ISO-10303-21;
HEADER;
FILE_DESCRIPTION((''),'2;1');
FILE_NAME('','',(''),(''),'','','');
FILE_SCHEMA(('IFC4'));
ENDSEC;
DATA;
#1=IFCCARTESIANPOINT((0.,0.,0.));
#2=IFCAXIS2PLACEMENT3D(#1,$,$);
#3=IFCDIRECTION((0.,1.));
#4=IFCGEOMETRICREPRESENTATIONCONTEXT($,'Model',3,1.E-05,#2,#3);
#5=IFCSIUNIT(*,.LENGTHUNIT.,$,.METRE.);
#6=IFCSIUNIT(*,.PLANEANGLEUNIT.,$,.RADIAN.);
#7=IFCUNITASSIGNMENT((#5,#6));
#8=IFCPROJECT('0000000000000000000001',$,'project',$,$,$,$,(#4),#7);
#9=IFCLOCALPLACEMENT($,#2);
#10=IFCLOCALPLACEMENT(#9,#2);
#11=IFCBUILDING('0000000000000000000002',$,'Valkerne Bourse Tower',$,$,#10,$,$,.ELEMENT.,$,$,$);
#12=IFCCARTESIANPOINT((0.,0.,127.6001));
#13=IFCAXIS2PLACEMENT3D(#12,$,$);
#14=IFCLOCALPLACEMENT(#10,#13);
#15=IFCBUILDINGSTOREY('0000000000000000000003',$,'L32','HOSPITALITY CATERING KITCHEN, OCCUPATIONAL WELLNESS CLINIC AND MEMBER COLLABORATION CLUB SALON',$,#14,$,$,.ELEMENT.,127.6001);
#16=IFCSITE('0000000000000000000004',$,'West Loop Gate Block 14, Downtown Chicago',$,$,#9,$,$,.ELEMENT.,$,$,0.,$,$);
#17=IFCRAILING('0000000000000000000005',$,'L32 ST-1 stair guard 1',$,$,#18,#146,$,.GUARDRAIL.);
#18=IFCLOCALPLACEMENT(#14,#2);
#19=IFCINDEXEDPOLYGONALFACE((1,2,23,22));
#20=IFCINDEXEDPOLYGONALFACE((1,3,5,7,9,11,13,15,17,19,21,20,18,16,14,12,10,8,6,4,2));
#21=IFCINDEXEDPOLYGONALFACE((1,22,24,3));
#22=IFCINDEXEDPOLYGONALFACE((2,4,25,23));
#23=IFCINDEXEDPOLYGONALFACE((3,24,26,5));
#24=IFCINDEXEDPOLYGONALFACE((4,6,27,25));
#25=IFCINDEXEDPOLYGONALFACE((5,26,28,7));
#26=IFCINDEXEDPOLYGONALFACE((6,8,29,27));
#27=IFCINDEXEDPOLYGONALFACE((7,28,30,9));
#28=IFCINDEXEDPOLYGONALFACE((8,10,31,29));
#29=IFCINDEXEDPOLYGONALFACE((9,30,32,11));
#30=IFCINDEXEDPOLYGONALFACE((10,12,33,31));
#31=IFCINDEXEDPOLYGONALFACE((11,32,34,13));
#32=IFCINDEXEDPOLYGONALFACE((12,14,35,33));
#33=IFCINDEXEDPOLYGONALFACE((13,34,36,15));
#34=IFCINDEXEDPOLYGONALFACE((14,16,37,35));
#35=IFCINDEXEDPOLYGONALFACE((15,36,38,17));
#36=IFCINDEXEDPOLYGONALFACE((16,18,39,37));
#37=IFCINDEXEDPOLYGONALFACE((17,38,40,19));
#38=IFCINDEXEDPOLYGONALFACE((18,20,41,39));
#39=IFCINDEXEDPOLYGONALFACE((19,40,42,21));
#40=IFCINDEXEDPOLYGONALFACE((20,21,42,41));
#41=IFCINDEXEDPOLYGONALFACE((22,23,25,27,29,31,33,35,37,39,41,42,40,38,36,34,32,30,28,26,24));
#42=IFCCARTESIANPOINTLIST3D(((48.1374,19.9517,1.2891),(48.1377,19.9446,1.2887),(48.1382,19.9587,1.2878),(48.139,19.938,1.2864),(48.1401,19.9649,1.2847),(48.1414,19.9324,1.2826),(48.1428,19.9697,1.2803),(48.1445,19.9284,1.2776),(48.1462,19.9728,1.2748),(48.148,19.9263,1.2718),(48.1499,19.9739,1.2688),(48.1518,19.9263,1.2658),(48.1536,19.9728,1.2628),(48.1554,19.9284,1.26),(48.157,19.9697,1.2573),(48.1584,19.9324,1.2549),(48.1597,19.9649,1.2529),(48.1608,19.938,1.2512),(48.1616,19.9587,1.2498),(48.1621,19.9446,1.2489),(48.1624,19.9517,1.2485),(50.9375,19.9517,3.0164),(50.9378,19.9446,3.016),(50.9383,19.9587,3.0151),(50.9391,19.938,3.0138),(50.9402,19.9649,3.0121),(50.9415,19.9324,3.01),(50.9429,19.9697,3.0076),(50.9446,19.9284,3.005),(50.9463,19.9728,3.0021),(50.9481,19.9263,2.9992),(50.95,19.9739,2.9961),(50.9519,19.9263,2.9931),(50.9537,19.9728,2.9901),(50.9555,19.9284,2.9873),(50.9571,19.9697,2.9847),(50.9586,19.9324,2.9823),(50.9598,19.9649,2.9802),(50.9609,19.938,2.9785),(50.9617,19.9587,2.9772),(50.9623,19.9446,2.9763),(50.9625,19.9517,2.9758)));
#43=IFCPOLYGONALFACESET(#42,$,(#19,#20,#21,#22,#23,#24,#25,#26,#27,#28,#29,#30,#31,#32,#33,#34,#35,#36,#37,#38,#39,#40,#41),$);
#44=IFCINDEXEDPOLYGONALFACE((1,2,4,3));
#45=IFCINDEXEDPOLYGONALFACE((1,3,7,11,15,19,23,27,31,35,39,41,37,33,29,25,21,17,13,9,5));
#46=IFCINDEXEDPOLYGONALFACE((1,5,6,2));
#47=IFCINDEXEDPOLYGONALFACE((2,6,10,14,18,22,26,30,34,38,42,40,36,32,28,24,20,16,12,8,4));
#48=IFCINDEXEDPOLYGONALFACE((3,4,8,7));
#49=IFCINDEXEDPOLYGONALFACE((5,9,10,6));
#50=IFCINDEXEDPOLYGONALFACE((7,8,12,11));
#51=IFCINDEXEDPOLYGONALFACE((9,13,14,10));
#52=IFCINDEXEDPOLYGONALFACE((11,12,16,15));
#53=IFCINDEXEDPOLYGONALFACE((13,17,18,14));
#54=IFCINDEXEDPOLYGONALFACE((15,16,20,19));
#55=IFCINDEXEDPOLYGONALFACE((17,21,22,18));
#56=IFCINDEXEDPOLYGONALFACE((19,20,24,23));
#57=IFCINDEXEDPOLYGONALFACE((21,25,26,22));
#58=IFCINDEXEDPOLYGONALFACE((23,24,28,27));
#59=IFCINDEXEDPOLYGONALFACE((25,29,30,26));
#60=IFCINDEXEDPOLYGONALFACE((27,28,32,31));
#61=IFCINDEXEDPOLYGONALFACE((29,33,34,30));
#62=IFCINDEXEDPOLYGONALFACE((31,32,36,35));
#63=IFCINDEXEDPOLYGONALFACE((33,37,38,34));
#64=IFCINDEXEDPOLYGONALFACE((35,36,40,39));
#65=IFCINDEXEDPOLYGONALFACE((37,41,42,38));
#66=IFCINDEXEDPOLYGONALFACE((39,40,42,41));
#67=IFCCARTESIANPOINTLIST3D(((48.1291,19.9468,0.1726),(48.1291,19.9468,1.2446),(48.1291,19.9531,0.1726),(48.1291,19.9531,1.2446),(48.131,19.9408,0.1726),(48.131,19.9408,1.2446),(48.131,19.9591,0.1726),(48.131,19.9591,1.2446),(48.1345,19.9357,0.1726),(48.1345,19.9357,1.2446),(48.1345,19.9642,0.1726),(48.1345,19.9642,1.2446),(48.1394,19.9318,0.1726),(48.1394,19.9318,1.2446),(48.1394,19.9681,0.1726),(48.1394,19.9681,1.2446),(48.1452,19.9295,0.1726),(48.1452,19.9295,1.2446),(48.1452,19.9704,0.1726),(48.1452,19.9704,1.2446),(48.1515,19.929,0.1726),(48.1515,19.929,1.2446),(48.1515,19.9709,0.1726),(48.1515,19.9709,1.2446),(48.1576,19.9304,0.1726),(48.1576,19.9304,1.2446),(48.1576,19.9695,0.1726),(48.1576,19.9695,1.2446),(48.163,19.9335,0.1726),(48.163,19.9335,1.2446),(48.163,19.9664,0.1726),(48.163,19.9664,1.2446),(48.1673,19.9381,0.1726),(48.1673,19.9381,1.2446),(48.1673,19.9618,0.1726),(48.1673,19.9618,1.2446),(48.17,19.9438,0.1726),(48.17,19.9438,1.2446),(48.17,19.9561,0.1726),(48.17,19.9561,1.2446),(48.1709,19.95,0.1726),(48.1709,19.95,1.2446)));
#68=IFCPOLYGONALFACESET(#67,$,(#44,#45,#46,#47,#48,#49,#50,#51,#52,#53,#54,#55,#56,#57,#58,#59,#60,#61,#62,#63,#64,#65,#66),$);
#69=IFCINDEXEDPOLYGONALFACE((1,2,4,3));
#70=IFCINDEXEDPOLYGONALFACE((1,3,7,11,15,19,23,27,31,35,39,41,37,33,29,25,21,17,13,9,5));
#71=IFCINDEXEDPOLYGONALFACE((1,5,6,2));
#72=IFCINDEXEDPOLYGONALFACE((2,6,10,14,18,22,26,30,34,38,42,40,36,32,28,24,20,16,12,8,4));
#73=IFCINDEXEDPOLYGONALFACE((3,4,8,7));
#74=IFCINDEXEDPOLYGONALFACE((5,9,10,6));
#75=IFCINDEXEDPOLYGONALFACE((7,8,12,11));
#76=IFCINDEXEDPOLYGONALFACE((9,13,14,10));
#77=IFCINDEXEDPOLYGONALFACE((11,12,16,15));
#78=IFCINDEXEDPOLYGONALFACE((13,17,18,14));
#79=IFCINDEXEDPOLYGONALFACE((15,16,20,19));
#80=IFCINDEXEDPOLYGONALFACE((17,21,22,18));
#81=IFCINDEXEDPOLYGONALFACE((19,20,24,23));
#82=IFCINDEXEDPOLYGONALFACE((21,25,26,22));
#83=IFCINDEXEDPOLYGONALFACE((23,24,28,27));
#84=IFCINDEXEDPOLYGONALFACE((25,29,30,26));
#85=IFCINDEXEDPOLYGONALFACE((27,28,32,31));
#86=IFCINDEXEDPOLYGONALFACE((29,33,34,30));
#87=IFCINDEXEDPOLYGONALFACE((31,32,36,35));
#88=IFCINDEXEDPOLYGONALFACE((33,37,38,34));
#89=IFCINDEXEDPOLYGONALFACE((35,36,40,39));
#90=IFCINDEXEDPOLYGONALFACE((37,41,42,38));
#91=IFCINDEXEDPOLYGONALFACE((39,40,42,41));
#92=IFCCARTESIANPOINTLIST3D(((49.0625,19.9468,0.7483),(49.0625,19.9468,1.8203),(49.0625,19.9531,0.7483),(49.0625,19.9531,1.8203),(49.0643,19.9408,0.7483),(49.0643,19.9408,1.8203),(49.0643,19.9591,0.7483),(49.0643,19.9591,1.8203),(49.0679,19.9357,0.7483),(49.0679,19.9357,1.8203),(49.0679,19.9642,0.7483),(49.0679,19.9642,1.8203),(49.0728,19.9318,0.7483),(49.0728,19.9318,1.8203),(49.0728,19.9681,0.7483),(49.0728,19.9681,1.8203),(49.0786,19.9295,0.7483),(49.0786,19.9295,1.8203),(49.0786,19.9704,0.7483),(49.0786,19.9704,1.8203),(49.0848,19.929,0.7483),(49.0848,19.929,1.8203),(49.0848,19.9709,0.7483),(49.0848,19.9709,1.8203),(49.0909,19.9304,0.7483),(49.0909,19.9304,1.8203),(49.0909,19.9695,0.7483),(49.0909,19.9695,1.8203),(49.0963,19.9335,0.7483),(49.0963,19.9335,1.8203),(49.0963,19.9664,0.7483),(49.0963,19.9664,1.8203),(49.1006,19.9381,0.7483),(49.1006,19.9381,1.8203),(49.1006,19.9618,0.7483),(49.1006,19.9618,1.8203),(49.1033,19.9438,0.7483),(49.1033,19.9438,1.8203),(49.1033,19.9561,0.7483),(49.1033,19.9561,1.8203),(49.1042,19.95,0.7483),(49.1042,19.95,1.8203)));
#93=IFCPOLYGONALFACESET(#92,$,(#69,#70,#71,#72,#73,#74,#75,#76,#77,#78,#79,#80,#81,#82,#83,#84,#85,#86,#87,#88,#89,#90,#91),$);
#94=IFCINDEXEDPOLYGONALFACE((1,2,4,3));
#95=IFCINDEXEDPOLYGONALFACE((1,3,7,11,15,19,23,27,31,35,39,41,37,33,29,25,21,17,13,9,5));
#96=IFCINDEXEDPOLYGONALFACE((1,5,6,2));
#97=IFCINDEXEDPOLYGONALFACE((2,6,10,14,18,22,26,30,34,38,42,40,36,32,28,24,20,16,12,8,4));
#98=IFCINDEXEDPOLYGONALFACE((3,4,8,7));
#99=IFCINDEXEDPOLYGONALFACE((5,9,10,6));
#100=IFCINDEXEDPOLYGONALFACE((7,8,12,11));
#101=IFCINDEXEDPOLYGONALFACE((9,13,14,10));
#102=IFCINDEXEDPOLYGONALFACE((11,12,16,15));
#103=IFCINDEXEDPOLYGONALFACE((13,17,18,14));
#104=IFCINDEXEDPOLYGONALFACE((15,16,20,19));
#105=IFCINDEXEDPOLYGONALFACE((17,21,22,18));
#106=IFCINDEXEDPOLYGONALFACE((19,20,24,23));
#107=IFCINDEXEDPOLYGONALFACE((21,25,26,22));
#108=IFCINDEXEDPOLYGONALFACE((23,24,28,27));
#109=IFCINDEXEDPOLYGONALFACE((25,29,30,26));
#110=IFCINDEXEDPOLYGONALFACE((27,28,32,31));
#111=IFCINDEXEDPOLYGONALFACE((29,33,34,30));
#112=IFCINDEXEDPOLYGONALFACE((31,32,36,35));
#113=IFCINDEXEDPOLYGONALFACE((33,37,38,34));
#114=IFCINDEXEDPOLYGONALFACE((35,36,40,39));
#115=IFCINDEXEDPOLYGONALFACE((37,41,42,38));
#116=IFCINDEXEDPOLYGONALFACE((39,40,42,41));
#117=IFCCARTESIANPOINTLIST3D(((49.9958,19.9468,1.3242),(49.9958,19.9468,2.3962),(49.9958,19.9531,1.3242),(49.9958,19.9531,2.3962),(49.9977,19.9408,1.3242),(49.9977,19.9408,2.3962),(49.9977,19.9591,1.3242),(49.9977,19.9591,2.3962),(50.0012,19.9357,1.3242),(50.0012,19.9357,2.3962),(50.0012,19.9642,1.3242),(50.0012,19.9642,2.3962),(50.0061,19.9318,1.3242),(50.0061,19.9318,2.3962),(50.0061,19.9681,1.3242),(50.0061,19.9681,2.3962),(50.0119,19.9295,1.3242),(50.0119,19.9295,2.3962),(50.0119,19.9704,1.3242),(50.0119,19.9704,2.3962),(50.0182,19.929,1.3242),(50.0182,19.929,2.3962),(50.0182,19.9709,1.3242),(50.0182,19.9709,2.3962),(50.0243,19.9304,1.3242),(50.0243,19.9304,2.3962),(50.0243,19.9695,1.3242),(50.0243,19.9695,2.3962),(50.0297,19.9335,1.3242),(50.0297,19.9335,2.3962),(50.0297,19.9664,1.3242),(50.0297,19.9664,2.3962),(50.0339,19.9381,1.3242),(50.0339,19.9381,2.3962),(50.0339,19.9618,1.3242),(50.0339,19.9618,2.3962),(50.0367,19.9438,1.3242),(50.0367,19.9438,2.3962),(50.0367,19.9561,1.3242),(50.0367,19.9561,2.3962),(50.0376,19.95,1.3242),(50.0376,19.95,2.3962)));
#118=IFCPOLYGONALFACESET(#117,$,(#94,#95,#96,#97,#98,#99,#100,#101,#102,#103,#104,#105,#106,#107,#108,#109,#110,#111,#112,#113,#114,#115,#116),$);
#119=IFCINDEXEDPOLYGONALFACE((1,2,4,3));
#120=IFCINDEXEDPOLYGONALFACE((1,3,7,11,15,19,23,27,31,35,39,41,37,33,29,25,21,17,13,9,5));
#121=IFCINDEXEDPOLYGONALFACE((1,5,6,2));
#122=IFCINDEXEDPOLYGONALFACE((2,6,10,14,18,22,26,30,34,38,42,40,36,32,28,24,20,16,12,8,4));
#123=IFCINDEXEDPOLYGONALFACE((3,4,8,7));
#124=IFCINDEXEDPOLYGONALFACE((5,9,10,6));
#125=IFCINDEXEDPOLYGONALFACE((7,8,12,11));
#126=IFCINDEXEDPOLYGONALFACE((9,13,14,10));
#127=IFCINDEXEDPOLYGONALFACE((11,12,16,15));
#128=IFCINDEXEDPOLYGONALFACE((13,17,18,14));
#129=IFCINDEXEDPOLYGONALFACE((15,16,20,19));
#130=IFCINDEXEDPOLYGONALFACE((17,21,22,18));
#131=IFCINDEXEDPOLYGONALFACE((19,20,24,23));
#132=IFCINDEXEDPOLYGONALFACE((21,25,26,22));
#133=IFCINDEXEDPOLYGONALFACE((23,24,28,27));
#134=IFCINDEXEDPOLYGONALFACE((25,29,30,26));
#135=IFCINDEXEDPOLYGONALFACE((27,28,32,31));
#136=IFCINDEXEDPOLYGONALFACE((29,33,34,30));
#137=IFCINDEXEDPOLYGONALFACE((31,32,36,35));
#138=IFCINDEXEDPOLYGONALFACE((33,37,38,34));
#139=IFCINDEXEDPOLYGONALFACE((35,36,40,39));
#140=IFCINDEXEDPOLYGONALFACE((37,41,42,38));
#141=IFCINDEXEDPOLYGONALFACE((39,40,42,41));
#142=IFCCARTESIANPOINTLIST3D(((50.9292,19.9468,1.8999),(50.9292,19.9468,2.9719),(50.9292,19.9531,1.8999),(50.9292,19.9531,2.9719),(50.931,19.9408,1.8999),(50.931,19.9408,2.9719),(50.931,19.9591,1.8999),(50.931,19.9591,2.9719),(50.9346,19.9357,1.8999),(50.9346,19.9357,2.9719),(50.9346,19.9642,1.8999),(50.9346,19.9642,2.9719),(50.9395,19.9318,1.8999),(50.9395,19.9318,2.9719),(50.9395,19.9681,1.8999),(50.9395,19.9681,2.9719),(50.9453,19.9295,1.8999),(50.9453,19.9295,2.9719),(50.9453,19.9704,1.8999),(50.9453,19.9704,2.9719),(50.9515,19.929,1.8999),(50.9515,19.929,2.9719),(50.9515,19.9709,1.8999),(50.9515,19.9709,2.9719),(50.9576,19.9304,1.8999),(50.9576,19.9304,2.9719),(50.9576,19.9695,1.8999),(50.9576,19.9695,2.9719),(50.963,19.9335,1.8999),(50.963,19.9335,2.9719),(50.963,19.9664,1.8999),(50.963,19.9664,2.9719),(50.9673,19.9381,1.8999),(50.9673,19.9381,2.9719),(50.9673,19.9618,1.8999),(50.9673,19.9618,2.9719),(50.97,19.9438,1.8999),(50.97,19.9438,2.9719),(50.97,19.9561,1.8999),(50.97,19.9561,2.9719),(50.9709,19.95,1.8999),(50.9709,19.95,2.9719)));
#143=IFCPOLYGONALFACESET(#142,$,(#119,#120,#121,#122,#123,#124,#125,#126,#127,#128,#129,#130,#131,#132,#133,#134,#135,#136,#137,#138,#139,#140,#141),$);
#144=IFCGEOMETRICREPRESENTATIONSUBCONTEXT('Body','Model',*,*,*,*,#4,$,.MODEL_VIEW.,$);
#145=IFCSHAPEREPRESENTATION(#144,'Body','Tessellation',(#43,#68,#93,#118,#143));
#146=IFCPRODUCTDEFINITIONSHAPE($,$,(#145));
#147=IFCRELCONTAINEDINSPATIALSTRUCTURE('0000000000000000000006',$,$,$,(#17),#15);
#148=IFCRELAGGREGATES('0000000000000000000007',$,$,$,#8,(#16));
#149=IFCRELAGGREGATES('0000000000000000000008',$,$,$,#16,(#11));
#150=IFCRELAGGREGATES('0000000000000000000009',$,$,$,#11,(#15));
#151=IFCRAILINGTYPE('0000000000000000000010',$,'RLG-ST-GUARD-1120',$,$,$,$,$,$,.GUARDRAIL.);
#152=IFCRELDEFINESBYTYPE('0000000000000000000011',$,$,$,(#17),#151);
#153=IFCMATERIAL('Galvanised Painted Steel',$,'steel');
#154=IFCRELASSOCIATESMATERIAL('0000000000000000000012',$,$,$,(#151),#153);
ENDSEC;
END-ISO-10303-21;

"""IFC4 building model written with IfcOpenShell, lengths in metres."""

from ifc_helpers import new_model, si_unit, direction, frame, origin, origin_2d, place, context, subcontext, project, spatial, circle, extrude, material, type_object, element, save


model = new_model("IFC4")

# Units and contexts
model_context = context("Model", 3, precision=1e-05, world=origin(), true_north=direction((0.0, 1.0)))
body_context = subcontext(model_context, "Body", "Model", "MODEL_VIEW")
ifc_project = project(units=[si_unit("LENGTHUNIT", "METRE"), si_unit("PLANEANGLEUNIT", "RADIAN")], contexts=[model_context])

# Site, building, storey
site_placement = place(None, origin())
site = spatial("IfcSite", under=ifc_project, at=site_placement, Name="West Loop Gate Block 14, Downtown Chicago", CompositionType="ELEMENT", RefElevation=0.0)
building_placement = place(site_placement, origin())
building = spatial("IfcBuilding", under=site, at=building_placement, Name="Valkerne Bourse Tower", CompositionType="ELEMENT")
storey_placement = place(building_placement, frame((0.0, 0.0, 127.6001)))
storey = spatial("IfcBuildingStorey", under=building, at=storey_placement, Name="L32", Description="HOSPITALITY CATERING KITCHEN, OCCUPATIONAL WELLNESS CLINIC AND MEMBER COLLABORATION CLUB SALON", CompositionType="ELEMENT", Elevation=127.6001)

# Shared definitions
ifc_material_1 = material(Name="Galvanised Painted Steel", Category="steel")

# Railing
railing_type_1 = type_object("IfcRailingType", Name="RLG-ST-GUARD-1120", PredefinedType="GUARDRAIL", material=ifc_material_1)
railing_1_placement = place(storey_placement, frame((48.1499, 19.95, 0.1726)))
element("IfcRailing", 1, at=railing_1_placement, inside=storey, type_object=railing_type_1, Name="L32 ST-1 stair guard 1", PredefinedType="GUARDRAIL", context=body_context, shape_type="SweptSolid", body=[
    extrude(circle(Radius=0.0239, at=origin_2d()), frame((0.0, 0.0, 1.0962), z_axis=(0.85109, 0.0, 0.52502), x_axis=(0.0, 1.0, 0.0)), (0.0, 0.0, 1.0), 3.29),
    extrude(circle(Radius=0.021, at=origin_2d()), origin(), (0.0, 0.0, 1.0), 1.072),
    extrude(circle(Radius=0.021, at=origin_2d()), frame((0.9333, 0.0, 0.5757)), (0.0, 0.0, 1.0), 1.072),
    extrude(circle(Radius=0.021, at=origin_2d()), frame((1.8667, 0.0, 1.1516)), (0.0, 0.0, 1.0), 1.072),
    extrude(circle(Radius=0.021, at=origin_2d()), frame((2.8, 0.0, 1.7273)), (0.0, 0.0, 1.0), 1.072),
])

save(model, "model.ifc")
